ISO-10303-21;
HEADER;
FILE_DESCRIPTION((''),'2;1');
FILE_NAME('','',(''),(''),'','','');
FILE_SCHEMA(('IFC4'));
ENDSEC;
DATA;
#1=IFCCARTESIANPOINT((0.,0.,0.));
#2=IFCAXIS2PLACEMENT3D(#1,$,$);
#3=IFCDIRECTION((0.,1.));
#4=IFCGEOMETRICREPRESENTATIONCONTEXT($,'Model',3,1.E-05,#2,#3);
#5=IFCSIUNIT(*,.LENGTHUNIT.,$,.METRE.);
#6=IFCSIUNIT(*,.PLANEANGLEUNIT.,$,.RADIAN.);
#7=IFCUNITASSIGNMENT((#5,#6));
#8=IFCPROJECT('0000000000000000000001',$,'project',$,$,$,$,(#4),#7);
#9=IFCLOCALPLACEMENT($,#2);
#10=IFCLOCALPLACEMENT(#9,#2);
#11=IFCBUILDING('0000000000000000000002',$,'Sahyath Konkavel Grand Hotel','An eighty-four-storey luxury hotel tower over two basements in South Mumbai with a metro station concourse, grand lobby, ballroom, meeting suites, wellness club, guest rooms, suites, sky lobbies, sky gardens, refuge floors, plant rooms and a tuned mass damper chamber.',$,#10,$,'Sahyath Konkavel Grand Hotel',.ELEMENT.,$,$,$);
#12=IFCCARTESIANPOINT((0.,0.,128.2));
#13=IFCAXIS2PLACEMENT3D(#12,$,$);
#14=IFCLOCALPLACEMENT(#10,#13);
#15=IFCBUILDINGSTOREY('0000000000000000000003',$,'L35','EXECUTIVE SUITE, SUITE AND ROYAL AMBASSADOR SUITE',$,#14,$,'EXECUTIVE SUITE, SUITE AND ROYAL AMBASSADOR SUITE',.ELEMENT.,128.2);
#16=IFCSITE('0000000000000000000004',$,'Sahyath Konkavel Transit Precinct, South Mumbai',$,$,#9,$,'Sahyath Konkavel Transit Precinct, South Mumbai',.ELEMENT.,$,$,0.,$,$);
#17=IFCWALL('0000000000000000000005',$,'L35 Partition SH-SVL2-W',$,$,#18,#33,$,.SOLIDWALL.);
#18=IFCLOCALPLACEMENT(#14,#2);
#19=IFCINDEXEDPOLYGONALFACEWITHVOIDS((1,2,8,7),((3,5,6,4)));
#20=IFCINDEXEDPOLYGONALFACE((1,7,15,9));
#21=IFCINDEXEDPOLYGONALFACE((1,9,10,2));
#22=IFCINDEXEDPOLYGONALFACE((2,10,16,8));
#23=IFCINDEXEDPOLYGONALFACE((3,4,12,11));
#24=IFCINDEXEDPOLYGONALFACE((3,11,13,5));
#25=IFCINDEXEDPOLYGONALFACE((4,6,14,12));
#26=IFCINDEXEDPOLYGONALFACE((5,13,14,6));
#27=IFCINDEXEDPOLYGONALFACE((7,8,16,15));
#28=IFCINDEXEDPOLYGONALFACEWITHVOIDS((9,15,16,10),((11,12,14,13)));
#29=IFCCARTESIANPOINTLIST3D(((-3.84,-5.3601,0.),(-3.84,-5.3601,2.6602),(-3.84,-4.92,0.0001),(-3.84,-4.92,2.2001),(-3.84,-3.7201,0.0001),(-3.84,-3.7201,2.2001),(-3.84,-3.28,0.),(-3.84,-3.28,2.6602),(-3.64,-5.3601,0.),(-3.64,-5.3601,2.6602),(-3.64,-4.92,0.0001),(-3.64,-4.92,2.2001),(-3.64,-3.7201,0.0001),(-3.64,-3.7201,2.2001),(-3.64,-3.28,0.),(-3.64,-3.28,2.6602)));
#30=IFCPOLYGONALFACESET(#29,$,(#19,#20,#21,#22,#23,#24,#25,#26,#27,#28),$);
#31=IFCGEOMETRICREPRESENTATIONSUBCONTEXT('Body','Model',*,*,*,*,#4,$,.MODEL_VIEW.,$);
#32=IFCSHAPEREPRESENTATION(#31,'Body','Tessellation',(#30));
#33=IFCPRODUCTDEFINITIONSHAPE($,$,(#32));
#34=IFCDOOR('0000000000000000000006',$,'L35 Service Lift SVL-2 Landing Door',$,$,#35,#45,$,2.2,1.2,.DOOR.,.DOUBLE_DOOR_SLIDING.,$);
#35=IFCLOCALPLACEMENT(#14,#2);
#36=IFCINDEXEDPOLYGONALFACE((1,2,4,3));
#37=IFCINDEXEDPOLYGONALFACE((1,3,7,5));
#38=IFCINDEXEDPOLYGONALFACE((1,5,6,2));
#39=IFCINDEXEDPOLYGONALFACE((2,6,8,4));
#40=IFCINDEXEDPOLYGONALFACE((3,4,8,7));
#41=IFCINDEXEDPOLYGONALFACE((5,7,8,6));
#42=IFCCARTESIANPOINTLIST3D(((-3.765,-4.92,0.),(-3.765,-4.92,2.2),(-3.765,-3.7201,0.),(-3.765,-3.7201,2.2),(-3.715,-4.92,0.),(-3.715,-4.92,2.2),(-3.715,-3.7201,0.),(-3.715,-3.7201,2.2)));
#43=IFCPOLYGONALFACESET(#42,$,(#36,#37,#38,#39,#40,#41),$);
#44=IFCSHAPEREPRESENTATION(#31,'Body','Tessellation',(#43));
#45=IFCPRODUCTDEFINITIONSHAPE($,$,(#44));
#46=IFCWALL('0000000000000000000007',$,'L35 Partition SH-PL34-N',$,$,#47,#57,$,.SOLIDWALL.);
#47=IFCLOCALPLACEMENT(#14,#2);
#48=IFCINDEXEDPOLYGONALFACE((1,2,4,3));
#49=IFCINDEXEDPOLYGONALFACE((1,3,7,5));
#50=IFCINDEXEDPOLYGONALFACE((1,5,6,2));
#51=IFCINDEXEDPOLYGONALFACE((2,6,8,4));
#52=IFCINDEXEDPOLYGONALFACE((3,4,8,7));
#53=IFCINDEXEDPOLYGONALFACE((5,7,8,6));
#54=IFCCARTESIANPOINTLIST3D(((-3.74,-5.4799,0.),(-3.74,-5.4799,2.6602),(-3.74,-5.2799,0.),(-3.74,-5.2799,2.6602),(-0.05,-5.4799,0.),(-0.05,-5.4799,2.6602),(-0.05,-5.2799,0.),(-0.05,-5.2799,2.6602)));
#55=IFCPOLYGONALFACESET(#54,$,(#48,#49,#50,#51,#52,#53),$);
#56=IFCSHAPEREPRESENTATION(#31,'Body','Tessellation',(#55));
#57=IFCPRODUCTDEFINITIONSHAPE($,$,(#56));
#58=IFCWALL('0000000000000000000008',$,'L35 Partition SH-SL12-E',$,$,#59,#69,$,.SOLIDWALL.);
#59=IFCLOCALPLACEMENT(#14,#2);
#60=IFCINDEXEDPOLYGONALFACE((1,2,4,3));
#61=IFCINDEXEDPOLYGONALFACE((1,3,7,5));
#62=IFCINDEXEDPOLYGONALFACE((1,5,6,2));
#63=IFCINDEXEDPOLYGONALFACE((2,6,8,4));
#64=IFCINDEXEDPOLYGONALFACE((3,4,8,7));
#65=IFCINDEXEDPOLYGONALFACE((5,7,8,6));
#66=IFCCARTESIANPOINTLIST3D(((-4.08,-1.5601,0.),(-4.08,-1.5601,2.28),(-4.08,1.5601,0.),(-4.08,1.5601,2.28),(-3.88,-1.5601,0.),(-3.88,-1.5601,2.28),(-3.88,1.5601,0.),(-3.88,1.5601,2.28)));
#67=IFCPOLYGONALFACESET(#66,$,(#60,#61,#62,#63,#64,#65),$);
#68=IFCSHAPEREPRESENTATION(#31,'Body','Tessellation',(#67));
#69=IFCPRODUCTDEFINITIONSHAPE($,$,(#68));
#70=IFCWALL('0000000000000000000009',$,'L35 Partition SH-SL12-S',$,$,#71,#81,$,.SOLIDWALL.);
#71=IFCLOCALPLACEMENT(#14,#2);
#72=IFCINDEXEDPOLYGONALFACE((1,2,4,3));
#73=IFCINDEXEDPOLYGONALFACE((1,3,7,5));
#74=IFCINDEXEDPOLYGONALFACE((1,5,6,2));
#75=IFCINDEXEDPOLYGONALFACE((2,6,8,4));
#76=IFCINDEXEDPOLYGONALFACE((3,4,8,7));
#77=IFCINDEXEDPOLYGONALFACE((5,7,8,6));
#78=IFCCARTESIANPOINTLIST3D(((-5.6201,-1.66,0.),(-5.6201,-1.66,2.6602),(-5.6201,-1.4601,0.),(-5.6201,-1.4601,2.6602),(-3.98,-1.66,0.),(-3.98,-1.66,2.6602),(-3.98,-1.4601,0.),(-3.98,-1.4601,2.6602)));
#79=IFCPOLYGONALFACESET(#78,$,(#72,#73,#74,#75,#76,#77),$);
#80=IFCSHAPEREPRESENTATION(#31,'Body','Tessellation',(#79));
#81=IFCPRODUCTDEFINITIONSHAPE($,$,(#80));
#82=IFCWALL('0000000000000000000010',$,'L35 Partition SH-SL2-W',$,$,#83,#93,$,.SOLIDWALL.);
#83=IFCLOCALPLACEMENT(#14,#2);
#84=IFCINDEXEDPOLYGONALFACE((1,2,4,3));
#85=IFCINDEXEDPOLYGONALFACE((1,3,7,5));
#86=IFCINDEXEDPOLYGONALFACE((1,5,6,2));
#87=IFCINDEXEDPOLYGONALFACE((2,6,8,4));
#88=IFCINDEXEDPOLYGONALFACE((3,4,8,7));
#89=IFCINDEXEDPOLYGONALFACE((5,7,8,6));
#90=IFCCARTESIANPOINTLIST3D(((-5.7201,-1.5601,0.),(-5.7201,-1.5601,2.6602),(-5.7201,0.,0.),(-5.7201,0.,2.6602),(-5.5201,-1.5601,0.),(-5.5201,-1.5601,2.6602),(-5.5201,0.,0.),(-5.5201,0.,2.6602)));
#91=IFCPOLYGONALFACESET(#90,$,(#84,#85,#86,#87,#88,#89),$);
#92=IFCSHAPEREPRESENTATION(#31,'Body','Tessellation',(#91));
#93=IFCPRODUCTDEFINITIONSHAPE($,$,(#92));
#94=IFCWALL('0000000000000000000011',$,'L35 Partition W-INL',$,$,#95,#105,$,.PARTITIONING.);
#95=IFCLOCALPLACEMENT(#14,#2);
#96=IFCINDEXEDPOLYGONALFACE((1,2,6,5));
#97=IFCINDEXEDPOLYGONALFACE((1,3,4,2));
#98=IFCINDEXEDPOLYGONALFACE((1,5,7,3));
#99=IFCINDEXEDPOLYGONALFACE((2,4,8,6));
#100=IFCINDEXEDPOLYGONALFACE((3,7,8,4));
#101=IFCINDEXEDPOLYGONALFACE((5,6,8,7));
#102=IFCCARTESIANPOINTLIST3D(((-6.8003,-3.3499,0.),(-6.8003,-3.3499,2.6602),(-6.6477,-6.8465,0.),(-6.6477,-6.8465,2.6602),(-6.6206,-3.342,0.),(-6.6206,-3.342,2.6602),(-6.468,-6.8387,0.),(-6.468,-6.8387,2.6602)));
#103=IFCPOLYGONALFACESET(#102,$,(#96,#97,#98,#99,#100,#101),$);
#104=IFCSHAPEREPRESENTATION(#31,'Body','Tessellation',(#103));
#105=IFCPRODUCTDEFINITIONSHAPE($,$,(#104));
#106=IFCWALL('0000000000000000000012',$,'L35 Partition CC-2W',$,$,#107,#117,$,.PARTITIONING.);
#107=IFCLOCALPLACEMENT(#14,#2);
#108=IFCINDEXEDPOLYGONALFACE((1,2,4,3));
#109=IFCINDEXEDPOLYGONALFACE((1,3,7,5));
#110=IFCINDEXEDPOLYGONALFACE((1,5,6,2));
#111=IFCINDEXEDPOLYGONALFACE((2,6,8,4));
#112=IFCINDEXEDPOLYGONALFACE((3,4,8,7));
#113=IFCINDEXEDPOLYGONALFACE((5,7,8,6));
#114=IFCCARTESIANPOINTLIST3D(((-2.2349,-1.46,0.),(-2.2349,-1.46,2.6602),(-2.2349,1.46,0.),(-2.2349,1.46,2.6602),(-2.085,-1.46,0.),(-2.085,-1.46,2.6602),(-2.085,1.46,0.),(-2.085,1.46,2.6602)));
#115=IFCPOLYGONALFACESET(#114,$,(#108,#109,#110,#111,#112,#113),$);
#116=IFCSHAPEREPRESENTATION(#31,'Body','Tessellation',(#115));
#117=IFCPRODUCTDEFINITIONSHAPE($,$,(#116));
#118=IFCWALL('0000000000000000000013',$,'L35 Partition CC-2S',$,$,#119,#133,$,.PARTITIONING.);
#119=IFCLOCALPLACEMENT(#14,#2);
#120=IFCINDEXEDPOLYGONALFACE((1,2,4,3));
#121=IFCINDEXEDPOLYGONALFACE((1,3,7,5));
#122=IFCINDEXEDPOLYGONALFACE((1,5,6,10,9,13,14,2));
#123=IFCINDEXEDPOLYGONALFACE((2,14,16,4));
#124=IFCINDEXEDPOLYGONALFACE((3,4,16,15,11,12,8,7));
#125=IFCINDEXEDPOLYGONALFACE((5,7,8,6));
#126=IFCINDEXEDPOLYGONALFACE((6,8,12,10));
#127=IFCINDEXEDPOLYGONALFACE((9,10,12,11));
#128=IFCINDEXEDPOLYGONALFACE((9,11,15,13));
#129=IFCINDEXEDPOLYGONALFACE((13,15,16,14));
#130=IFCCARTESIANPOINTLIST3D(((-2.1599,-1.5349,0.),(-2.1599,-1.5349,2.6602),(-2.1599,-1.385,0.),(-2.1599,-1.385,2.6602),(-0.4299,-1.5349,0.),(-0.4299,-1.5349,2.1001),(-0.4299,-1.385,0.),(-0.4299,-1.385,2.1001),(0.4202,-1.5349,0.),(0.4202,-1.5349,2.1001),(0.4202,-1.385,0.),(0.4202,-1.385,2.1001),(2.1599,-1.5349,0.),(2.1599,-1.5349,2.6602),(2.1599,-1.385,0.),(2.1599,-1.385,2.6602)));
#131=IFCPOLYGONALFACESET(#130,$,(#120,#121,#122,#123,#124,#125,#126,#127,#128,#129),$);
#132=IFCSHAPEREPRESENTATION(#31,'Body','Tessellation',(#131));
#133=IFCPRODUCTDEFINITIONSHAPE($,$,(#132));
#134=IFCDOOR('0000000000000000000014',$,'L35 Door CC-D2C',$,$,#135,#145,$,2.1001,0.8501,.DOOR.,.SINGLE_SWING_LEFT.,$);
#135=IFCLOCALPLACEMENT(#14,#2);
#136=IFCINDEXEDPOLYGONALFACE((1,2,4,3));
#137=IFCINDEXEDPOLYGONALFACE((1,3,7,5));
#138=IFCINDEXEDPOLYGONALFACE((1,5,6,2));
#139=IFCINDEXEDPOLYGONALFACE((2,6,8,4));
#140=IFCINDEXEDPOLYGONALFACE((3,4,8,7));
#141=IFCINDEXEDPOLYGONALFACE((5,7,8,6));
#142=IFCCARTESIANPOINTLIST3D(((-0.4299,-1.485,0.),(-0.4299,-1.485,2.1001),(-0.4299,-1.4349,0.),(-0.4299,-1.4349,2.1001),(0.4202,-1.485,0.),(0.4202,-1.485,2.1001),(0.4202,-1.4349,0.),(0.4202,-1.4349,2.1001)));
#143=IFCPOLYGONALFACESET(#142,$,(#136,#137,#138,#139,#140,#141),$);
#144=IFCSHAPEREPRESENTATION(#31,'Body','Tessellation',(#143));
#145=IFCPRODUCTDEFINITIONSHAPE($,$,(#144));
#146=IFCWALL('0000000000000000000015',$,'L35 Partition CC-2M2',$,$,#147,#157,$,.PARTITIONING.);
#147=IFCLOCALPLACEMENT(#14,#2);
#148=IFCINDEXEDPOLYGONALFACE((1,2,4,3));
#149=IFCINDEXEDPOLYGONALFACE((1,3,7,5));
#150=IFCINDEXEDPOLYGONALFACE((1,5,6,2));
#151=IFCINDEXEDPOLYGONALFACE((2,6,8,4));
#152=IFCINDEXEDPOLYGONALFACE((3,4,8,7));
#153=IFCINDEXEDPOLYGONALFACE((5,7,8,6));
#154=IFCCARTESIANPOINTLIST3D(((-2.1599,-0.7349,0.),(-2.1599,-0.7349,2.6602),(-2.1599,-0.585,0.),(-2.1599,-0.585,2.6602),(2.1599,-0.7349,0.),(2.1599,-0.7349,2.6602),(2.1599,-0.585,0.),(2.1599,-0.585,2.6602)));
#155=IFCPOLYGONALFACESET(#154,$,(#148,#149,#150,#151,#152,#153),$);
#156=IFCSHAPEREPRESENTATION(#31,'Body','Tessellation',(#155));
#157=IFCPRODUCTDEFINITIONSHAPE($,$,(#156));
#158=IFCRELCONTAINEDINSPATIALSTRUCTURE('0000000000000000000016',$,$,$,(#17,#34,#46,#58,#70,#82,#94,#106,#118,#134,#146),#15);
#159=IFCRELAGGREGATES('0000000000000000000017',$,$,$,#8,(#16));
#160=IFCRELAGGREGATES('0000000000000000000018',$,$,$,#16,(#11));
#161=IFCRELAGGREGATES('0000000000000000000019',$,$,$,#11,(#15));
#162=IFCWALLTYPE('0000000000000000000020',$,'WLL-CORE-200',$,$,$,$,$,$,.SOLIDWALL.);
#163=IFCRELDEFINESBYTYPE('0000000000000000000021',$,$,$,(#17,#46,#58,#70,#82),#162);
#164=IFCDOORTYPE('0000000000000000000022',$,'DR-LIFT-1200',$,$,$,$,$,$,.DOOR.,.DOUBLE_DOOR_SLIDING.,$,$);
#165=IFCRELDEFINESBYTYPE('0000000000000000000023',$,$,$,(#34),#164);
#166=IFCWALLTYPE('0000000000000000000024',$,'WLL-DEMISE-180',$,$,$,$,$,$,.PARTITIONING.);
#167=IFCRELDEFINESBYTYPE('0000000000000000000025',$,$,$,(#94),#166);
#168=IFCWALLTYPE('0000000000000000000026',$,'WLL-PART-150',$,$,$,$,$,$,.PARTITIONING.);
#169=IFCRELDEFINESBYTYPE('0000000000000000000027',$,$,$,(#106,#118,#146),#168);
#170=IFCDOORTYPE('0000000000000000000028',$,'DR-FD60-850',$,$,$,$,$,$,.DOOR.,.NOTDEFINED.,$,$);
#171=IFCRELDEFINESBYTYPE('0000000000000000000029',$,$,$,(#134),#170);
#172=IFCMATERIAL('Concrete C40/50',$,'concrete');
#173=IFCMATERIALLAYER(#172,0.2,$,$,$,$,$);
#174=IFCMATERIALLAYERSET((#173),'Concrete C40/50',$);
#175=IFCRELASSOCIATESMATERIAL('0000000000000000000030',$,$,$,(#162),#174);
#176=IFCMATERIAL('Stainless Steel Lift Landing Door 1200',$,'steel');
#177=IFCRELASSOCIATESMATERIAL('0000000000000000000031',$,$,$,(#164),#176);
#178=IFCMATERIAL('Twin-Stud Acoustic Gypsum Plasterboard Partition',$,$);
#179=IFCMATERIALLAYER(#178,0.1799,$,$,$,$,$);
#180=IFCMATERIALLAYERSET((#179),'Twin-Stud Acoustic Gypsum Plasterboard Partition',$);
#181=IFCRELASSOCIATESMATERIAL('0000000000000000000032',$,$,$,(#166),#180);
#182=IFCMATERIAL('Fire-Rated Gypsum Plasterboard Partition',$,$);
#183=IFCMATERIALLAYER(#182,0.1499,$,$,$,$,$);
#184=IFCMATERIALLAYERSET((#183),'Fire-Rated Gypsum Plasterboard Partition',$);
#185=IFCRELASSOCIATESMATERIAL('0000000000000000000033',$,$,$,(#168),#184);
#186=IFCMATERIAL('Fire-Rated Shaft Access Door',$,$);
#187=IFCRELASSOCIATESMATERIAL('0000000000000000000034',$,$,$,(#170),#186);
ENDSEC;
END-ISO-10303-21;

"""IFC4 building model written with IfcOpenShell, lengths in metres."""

from ifc_helpers import new_model, si_unit, direction, frame, frame_2d, origin, origin_2d, place, context, subcontext, project, spatial, rectangle, extrude, source, transform, mapped, material, layer, layer_set, type_object, element, fill, save


model = new_model("IFC4")

# Units and contexts
model_context = context("Model", 3, precision=1e-05, world=origin(), true_north=direction((0.0, 1.0)))
body_context = subcontext(model_context, "Body", "Model", "MODEL_VIEW")
ifc_project = project(units=[si_unit("LENGTHUNIT", "METRE"), si_unit("PLANEANGLEUNIT", "RADIAN")], contexts=[model_context])

# Site, building, storey
site_placement = place(None, origin())
site = spatial("IfcSite", under=ifc_project, at=site_placement, Name="Sahyath Konkavel Transit Precinct, South Mumbai", LongName="Sahyath Konkavel Transit Precinct, South Mumbai", CompositionType="ELEMENT", RefElevation=0.0)
building_placement = place(site_placement, origin())
building = spatial("IfcBuilding", under=site, at=building_placement, Name="Sahyath Konkavel Grand Hotel", Description="An eighty-four-storey luxury hotel tower over two basements in South Mumbai with a metro station concourse, grand lobby, ballroom, meeting suites, wellness club, guest rooms, suites, sky lobbies, sky gardens, refuge floors, plant rooms and a tuned mass damper chamber.", LongName="Sahyath Konkavel Grand Hotel", CompositionType="ELEMENT")
storey_placement = place(building_placement, frame((0.0, 0.0, 128.2)))
storey = spatial("IfcBuildingStorey", under=building, at=storey_placement, Name="L35", Description="EXECUTIVE SUITE, SUITE AND ROYAL AMBASSADOR SUITE", LongName="EXECUTIVE SUITE, SUITE AND ROYAL AMBASSADOR SUITE", CompositionType="ELEMENT", Elevation=128.2)

# Shared definitions
ifc_material_1 = material(Name="Concrete C40/50", Category="concrete")
ifc_layer_1 = layer(ifc_material_1, 0.2)
ifc_layer_set_1 = layer_set([ifc_layer_1], Name="Concrete C40/50")
wall_type_1 = type_object("IfcWallType", Name="WLL-CORE-200", PredefinedType="SOLIDWALL", material=ifc_layer_set_1)

# Wall, opening, door
wall_1_placement = place(storey_placement, frame((-3.74, -5.3601, 0.0), z_axis=(0.0, 0.0, 1.0), x_axis=(0.0, 1.0, 0.0)))
wall_1 = element("IfcWall", 1, at=wall_1_placement, inside=storey, type_object=wall_type_1, Name="L35 Partition SH-SVL2-W", PredefinedType="SOLIDWALL", context=body_context, shape_type="SweptSolid", body=[
    extrude(rectangle(XDim=2.0801, YDim=0.2, at=frame_2d((1.04, 0.0))), origin(), (0.0, 0.0, 1.0), 2.6602),
])
opening_1_placement = place(wall_1_placement, frame((0.4399, 0.0, 0.0)))
opening_1 = element("IfcOpeningElement", 2, at=opening_1_placement, cuts=wall_1, PredefinedType="OPENING", context=body_context, shape_type="SweptSolid", body=[
    extrude(rectangle(XDim=1.2, YDim=2.2, at=frame_2d((0.6001, 1.1001))), frame((0.0, 0.1099, 0.0), z_axis=(0.0, -1.0, 0.0), x_axis=(1.0, 0.0, 0.0)), (0.0, 0.0, 1.0), 0.22),
])
ifc_material_2 = material(Name="Stainless Steel Lift Landing Door 1200", Category="steel")
door_type_1 = type_object("IfcDoorType", Name="DR-LIFT-1200", OperationType="DOUBLE_DOOR_SLIDING", PredefinedType="DOOR", material=ifc_material_2)
shared_shape_1 = source(origin(), body_context, "Body", "SweptSolid", [
    extrude(rectangle(XDim=1.2, YDim=0.05, at=origin_2d()), origin(), (0.0, 0.0, 1.0), 2.2),
])
door_1_placement = place(opening_1_placement, frame((0.6001, 0.0, 0.0)))
door_1 = element("IfcDoor", 3, at=door_1_placement, inside=storey, type_object=door_type_1, Name="L35 Service Lift SVL-2 Landing Door", OperationType="DOUBLE_DOOR_SLIDING", OverallHeight=2.2, OverallWidth=1.2, PredefinedType="DOOR", context=body_context, shape_type="MappedRepresentation", body=[
    mapped(shared_shape_1, transform((0.0, 0.0, 0.0), scale=1.0)),
])
fill(opening_1, door_1)

# Walls
wall_2_placement = place(storey_placement, frame((-3.74, -5.3799, 0.0), z_axis=(0.0, 0.0, 1.0), x_axis=(1.0, 0.0, 0.0)))
element("IfcWall", 4, at=wall_2_placement, inside=storey, type_object=wall_type_1, Name="L35 Partition SH-PL34-N", PredefinedType="SOLIDWALL", context=body_context, shape_type="SweptSolid", body=[
    extrude(rectangle(XDim=3.6899, YDim=0.2, at=frame_2d((1.845, 0.0))), origin(), (0.0, 0.0, 1.0), 2.6602),
])
wall_3_placement = place(storey_placement, frame((-3.98, -1.5601, 0.0), z_axis=(0.0, 0.0, 1.0), x_axis=(0.0, 1.0, 0.0)))
element("IfcWall", 5, at=wall_3_placement, inside=storey, type_object=wall_type_1, Name="L35 Partition SH-SL12-E", PredefinedType="SOLIDWALL", context=body_context, shape_type="SweptSolid", body=[
    extrude(rectangle(XDim=3.1201, YDim=0.2, at=frame_2d((1.5601, 0.0))), origin(), (0.0, 0.0, 1.0), 2.28),
])
wall_4_placement = place(storey_placement, frame((-5.6201, -1.5601, 0.0), z_axis=(0.0, 0.0, 1.0), x_axis=(1.0, 0.0, 0.0)))
element("IfcWall", 6, at=wall_4_placement, inside=storey, type_object=wall_type_1, Name="L35 Partition SH-SL12-S", PredefinedType="SOLIDWALL", context=body_context, shape_type="SweptSolid", body=[
    extrude(rectangle(XDim=1.6401, YDim=0.2, at=frame_2d((0.8201, 0.0))), origin(), (0.0, 0.0, 1.0), 2.6602),
])
wall_5_placement = place(storey_placement, frame((-5.6201, -1.5601, 0.0), z_axis=(0.0, 0.0, 1.0), x_axis=(0.0, 1.0, 0.0)))
element("IfcWall", 7, at=wall_5_placement, inside=storey, type_object=wall_type_1, Name="L35 Partition SH-SL2-W", PredefinedType="SOLIDWALL", context=body_context, shape_type="SweptSolid", body=[
    extrude(rectangle(XDim=1.5601, YDim=0.2, at=frame_2d((0.78, 0.0))), origin(), (0.0, 0.0, 1.0), 2.6602),
])
ifc_material_3 = material(Name="Twin-Stud Acoustic Gypsum Plasterboard Partition")
ifc_layer_2 = layer(ifc_material_3, 0.1799)
ifc_layer_set_2 = layer_set([ifc_layer_2], Name="Twin-Stud Acoustic Gypsum Plasterboard Partition")
wall_type_2 = type_object("IfcWallType", Name="WLL-DEMISE-180", PredefinedType="PARTITIONING", material=ifc_layer_set_2)
wall_6_placement = place(storey_placement, frame((-6.7104, -3.3459, 0.0), z_axis=(0.0, 0.0, 1.0), x_axis=(0.043598, -0.999049, 0.0)))
element("IfcWall", 8, at=wall_6_placement, inside=storey, type_object=wall_type_2, Name="L35 Partition W-INL", PredefinedType="PARTITIONING", context=body_context, shape_type="SweptSolid", body=[
    extrude(rectangle(XDim=3.5, YDim=0.1799, at=frame_2d((1.75, 0.0))), origin(), (0.0, 0.0, 1.0), 2.6602),
])
ifc_material_4 = material(Name="Fire-Rated Gypsum Plasterboard Partition")
ifc_layer_3 = layer(ifc_material_4, 0.1499)
ifc_layer_set_3 = layer_set([ifc_layer_3], Name="Fire-Rated Gypsum Plasterboard Partition")
wall_type_3 = type_object("IfcWallType", Name="WLL-PART-150", PredefinedType="PARTITIONING", material=ifc_layer_set_3)
wall_7_placement = place(storey_placement, frame((-2.1599, -1.46, 0.0), z_axis=(0.0, 0.0, 1.0), x_axis=(0.0, 1.0, 0.0)))
element("IfcWall", 9, at=wall_7_placement, inside=storey, type_object=wall_type_3, Name="L35 Partition CC-2W", PredefinedType="PARTITIONING", context=body_context, shape_type="SweptSolid", body=[
    extrude(rectangle(XDim=2.9199, YDim=0.1499, at=frame_2d((1.46, 0.0))), origin(), (0.0, 0.0, 1.0), 2.6602),
])

# Wall, opening, door
wall_8_placement = place(storey_placement, frame((-2.1599, -1.46, 0.0), z_axis=(0.0, 0.0, 1.0), x_axis=(1.0, 0.0, 0.0)))
wall_8 = element("IfcWall", 10, at=wall_8_placement, inside=storey, type_object=wall_type_3, Name="L35 Partition CC-2S", PredefinedType="PARTITIONING", context=body_context, shape_type="SweptSolid", body=[
    extrude(rectangle(XDim=4.3198, YDim=0.1499, at=frame_2d((2.1599, 0.0))), origin(), (0.0, 0.0, 1.0), 2.6602),
])
opening_2_placement = place(wall_8_placement, frame((1.73, 0.0, 0.0)))
opening_2 = element("IfcOpeningElement", 11, at=opening_2_placement, cuts=wall_8, PredefinedType="OPENING", context=body_context, shape_type="SweptSolid", body=[
    extrude(rectangle(XDim=0.8501, YDim=2.1001, at=frame_2d((0.425, 1.05))), frame((0.0, 0.085, 0.0), z_axis=(0.0, -1.0, 0.0), x_axis=(1.0, 0.0, 0.0)), (0.0, 0.0, 1.0), 0.1699),
])
ifc_material_5 = material(Name="Fire-Rated Shaft Access Door")
door_type_2 = type_object("IfcDoorType", Name="DR-FD60-850", OperationType="NOTDEFINED", PredefinedType="DOOR", material=ifc_material_5)
shared_shape_2 = source(origin(), body_context, "Body", "SweptSolid", [
    extrude(rectangle(XDim=0.8501, YDim=0.05, at=origin_2d()), origin(), (0.0, 0.0, 1.0), 2.1001),
])
door_2_placement = place(opening_2_placement, frame((0.425, 0.0, 0.0)))
door_2 = element("IfcDoor", 12, at=door_2_placement, inside=storey, type_object=door_type_2, Name="L35 Door CC-D2C", OperationType="SINGLE_SWING_LEFT", OverallHeight=2.1001, OverallWidth=0.8501, PredefinedType="DOOR", context=body_context, shape_type="MappedRepresentation", body=[
    mapped(shared_shape_2, transform((0.0, 0.0, 0.0), scale=1.0)),
])
fill(opening_2, door_2)

# Wall
wall_9_placement = place(storey_placement, frame((-2.1599, -0.6599, 0.0), z_axis=(0.0, 0.0, 1.0), x_axis=(1.0, 0.0, 0.0)))
element("IfcWall", 13, at=wall_9_placement, inside=storey, type_object=wall_type_3, Name="L35 Partition CC-2M2", PredefinedType="PARTITIONING", context=body_context, shape_type="SweptSolid", body=[
    extrude(rectangle(XDim=4.3198, YDim=0.1499, at=frame_2d((2.1599, 0.0))), origin(), (0.0, 0.0, 1.0), 2.6602),
])

save(model, "model.ifc")
